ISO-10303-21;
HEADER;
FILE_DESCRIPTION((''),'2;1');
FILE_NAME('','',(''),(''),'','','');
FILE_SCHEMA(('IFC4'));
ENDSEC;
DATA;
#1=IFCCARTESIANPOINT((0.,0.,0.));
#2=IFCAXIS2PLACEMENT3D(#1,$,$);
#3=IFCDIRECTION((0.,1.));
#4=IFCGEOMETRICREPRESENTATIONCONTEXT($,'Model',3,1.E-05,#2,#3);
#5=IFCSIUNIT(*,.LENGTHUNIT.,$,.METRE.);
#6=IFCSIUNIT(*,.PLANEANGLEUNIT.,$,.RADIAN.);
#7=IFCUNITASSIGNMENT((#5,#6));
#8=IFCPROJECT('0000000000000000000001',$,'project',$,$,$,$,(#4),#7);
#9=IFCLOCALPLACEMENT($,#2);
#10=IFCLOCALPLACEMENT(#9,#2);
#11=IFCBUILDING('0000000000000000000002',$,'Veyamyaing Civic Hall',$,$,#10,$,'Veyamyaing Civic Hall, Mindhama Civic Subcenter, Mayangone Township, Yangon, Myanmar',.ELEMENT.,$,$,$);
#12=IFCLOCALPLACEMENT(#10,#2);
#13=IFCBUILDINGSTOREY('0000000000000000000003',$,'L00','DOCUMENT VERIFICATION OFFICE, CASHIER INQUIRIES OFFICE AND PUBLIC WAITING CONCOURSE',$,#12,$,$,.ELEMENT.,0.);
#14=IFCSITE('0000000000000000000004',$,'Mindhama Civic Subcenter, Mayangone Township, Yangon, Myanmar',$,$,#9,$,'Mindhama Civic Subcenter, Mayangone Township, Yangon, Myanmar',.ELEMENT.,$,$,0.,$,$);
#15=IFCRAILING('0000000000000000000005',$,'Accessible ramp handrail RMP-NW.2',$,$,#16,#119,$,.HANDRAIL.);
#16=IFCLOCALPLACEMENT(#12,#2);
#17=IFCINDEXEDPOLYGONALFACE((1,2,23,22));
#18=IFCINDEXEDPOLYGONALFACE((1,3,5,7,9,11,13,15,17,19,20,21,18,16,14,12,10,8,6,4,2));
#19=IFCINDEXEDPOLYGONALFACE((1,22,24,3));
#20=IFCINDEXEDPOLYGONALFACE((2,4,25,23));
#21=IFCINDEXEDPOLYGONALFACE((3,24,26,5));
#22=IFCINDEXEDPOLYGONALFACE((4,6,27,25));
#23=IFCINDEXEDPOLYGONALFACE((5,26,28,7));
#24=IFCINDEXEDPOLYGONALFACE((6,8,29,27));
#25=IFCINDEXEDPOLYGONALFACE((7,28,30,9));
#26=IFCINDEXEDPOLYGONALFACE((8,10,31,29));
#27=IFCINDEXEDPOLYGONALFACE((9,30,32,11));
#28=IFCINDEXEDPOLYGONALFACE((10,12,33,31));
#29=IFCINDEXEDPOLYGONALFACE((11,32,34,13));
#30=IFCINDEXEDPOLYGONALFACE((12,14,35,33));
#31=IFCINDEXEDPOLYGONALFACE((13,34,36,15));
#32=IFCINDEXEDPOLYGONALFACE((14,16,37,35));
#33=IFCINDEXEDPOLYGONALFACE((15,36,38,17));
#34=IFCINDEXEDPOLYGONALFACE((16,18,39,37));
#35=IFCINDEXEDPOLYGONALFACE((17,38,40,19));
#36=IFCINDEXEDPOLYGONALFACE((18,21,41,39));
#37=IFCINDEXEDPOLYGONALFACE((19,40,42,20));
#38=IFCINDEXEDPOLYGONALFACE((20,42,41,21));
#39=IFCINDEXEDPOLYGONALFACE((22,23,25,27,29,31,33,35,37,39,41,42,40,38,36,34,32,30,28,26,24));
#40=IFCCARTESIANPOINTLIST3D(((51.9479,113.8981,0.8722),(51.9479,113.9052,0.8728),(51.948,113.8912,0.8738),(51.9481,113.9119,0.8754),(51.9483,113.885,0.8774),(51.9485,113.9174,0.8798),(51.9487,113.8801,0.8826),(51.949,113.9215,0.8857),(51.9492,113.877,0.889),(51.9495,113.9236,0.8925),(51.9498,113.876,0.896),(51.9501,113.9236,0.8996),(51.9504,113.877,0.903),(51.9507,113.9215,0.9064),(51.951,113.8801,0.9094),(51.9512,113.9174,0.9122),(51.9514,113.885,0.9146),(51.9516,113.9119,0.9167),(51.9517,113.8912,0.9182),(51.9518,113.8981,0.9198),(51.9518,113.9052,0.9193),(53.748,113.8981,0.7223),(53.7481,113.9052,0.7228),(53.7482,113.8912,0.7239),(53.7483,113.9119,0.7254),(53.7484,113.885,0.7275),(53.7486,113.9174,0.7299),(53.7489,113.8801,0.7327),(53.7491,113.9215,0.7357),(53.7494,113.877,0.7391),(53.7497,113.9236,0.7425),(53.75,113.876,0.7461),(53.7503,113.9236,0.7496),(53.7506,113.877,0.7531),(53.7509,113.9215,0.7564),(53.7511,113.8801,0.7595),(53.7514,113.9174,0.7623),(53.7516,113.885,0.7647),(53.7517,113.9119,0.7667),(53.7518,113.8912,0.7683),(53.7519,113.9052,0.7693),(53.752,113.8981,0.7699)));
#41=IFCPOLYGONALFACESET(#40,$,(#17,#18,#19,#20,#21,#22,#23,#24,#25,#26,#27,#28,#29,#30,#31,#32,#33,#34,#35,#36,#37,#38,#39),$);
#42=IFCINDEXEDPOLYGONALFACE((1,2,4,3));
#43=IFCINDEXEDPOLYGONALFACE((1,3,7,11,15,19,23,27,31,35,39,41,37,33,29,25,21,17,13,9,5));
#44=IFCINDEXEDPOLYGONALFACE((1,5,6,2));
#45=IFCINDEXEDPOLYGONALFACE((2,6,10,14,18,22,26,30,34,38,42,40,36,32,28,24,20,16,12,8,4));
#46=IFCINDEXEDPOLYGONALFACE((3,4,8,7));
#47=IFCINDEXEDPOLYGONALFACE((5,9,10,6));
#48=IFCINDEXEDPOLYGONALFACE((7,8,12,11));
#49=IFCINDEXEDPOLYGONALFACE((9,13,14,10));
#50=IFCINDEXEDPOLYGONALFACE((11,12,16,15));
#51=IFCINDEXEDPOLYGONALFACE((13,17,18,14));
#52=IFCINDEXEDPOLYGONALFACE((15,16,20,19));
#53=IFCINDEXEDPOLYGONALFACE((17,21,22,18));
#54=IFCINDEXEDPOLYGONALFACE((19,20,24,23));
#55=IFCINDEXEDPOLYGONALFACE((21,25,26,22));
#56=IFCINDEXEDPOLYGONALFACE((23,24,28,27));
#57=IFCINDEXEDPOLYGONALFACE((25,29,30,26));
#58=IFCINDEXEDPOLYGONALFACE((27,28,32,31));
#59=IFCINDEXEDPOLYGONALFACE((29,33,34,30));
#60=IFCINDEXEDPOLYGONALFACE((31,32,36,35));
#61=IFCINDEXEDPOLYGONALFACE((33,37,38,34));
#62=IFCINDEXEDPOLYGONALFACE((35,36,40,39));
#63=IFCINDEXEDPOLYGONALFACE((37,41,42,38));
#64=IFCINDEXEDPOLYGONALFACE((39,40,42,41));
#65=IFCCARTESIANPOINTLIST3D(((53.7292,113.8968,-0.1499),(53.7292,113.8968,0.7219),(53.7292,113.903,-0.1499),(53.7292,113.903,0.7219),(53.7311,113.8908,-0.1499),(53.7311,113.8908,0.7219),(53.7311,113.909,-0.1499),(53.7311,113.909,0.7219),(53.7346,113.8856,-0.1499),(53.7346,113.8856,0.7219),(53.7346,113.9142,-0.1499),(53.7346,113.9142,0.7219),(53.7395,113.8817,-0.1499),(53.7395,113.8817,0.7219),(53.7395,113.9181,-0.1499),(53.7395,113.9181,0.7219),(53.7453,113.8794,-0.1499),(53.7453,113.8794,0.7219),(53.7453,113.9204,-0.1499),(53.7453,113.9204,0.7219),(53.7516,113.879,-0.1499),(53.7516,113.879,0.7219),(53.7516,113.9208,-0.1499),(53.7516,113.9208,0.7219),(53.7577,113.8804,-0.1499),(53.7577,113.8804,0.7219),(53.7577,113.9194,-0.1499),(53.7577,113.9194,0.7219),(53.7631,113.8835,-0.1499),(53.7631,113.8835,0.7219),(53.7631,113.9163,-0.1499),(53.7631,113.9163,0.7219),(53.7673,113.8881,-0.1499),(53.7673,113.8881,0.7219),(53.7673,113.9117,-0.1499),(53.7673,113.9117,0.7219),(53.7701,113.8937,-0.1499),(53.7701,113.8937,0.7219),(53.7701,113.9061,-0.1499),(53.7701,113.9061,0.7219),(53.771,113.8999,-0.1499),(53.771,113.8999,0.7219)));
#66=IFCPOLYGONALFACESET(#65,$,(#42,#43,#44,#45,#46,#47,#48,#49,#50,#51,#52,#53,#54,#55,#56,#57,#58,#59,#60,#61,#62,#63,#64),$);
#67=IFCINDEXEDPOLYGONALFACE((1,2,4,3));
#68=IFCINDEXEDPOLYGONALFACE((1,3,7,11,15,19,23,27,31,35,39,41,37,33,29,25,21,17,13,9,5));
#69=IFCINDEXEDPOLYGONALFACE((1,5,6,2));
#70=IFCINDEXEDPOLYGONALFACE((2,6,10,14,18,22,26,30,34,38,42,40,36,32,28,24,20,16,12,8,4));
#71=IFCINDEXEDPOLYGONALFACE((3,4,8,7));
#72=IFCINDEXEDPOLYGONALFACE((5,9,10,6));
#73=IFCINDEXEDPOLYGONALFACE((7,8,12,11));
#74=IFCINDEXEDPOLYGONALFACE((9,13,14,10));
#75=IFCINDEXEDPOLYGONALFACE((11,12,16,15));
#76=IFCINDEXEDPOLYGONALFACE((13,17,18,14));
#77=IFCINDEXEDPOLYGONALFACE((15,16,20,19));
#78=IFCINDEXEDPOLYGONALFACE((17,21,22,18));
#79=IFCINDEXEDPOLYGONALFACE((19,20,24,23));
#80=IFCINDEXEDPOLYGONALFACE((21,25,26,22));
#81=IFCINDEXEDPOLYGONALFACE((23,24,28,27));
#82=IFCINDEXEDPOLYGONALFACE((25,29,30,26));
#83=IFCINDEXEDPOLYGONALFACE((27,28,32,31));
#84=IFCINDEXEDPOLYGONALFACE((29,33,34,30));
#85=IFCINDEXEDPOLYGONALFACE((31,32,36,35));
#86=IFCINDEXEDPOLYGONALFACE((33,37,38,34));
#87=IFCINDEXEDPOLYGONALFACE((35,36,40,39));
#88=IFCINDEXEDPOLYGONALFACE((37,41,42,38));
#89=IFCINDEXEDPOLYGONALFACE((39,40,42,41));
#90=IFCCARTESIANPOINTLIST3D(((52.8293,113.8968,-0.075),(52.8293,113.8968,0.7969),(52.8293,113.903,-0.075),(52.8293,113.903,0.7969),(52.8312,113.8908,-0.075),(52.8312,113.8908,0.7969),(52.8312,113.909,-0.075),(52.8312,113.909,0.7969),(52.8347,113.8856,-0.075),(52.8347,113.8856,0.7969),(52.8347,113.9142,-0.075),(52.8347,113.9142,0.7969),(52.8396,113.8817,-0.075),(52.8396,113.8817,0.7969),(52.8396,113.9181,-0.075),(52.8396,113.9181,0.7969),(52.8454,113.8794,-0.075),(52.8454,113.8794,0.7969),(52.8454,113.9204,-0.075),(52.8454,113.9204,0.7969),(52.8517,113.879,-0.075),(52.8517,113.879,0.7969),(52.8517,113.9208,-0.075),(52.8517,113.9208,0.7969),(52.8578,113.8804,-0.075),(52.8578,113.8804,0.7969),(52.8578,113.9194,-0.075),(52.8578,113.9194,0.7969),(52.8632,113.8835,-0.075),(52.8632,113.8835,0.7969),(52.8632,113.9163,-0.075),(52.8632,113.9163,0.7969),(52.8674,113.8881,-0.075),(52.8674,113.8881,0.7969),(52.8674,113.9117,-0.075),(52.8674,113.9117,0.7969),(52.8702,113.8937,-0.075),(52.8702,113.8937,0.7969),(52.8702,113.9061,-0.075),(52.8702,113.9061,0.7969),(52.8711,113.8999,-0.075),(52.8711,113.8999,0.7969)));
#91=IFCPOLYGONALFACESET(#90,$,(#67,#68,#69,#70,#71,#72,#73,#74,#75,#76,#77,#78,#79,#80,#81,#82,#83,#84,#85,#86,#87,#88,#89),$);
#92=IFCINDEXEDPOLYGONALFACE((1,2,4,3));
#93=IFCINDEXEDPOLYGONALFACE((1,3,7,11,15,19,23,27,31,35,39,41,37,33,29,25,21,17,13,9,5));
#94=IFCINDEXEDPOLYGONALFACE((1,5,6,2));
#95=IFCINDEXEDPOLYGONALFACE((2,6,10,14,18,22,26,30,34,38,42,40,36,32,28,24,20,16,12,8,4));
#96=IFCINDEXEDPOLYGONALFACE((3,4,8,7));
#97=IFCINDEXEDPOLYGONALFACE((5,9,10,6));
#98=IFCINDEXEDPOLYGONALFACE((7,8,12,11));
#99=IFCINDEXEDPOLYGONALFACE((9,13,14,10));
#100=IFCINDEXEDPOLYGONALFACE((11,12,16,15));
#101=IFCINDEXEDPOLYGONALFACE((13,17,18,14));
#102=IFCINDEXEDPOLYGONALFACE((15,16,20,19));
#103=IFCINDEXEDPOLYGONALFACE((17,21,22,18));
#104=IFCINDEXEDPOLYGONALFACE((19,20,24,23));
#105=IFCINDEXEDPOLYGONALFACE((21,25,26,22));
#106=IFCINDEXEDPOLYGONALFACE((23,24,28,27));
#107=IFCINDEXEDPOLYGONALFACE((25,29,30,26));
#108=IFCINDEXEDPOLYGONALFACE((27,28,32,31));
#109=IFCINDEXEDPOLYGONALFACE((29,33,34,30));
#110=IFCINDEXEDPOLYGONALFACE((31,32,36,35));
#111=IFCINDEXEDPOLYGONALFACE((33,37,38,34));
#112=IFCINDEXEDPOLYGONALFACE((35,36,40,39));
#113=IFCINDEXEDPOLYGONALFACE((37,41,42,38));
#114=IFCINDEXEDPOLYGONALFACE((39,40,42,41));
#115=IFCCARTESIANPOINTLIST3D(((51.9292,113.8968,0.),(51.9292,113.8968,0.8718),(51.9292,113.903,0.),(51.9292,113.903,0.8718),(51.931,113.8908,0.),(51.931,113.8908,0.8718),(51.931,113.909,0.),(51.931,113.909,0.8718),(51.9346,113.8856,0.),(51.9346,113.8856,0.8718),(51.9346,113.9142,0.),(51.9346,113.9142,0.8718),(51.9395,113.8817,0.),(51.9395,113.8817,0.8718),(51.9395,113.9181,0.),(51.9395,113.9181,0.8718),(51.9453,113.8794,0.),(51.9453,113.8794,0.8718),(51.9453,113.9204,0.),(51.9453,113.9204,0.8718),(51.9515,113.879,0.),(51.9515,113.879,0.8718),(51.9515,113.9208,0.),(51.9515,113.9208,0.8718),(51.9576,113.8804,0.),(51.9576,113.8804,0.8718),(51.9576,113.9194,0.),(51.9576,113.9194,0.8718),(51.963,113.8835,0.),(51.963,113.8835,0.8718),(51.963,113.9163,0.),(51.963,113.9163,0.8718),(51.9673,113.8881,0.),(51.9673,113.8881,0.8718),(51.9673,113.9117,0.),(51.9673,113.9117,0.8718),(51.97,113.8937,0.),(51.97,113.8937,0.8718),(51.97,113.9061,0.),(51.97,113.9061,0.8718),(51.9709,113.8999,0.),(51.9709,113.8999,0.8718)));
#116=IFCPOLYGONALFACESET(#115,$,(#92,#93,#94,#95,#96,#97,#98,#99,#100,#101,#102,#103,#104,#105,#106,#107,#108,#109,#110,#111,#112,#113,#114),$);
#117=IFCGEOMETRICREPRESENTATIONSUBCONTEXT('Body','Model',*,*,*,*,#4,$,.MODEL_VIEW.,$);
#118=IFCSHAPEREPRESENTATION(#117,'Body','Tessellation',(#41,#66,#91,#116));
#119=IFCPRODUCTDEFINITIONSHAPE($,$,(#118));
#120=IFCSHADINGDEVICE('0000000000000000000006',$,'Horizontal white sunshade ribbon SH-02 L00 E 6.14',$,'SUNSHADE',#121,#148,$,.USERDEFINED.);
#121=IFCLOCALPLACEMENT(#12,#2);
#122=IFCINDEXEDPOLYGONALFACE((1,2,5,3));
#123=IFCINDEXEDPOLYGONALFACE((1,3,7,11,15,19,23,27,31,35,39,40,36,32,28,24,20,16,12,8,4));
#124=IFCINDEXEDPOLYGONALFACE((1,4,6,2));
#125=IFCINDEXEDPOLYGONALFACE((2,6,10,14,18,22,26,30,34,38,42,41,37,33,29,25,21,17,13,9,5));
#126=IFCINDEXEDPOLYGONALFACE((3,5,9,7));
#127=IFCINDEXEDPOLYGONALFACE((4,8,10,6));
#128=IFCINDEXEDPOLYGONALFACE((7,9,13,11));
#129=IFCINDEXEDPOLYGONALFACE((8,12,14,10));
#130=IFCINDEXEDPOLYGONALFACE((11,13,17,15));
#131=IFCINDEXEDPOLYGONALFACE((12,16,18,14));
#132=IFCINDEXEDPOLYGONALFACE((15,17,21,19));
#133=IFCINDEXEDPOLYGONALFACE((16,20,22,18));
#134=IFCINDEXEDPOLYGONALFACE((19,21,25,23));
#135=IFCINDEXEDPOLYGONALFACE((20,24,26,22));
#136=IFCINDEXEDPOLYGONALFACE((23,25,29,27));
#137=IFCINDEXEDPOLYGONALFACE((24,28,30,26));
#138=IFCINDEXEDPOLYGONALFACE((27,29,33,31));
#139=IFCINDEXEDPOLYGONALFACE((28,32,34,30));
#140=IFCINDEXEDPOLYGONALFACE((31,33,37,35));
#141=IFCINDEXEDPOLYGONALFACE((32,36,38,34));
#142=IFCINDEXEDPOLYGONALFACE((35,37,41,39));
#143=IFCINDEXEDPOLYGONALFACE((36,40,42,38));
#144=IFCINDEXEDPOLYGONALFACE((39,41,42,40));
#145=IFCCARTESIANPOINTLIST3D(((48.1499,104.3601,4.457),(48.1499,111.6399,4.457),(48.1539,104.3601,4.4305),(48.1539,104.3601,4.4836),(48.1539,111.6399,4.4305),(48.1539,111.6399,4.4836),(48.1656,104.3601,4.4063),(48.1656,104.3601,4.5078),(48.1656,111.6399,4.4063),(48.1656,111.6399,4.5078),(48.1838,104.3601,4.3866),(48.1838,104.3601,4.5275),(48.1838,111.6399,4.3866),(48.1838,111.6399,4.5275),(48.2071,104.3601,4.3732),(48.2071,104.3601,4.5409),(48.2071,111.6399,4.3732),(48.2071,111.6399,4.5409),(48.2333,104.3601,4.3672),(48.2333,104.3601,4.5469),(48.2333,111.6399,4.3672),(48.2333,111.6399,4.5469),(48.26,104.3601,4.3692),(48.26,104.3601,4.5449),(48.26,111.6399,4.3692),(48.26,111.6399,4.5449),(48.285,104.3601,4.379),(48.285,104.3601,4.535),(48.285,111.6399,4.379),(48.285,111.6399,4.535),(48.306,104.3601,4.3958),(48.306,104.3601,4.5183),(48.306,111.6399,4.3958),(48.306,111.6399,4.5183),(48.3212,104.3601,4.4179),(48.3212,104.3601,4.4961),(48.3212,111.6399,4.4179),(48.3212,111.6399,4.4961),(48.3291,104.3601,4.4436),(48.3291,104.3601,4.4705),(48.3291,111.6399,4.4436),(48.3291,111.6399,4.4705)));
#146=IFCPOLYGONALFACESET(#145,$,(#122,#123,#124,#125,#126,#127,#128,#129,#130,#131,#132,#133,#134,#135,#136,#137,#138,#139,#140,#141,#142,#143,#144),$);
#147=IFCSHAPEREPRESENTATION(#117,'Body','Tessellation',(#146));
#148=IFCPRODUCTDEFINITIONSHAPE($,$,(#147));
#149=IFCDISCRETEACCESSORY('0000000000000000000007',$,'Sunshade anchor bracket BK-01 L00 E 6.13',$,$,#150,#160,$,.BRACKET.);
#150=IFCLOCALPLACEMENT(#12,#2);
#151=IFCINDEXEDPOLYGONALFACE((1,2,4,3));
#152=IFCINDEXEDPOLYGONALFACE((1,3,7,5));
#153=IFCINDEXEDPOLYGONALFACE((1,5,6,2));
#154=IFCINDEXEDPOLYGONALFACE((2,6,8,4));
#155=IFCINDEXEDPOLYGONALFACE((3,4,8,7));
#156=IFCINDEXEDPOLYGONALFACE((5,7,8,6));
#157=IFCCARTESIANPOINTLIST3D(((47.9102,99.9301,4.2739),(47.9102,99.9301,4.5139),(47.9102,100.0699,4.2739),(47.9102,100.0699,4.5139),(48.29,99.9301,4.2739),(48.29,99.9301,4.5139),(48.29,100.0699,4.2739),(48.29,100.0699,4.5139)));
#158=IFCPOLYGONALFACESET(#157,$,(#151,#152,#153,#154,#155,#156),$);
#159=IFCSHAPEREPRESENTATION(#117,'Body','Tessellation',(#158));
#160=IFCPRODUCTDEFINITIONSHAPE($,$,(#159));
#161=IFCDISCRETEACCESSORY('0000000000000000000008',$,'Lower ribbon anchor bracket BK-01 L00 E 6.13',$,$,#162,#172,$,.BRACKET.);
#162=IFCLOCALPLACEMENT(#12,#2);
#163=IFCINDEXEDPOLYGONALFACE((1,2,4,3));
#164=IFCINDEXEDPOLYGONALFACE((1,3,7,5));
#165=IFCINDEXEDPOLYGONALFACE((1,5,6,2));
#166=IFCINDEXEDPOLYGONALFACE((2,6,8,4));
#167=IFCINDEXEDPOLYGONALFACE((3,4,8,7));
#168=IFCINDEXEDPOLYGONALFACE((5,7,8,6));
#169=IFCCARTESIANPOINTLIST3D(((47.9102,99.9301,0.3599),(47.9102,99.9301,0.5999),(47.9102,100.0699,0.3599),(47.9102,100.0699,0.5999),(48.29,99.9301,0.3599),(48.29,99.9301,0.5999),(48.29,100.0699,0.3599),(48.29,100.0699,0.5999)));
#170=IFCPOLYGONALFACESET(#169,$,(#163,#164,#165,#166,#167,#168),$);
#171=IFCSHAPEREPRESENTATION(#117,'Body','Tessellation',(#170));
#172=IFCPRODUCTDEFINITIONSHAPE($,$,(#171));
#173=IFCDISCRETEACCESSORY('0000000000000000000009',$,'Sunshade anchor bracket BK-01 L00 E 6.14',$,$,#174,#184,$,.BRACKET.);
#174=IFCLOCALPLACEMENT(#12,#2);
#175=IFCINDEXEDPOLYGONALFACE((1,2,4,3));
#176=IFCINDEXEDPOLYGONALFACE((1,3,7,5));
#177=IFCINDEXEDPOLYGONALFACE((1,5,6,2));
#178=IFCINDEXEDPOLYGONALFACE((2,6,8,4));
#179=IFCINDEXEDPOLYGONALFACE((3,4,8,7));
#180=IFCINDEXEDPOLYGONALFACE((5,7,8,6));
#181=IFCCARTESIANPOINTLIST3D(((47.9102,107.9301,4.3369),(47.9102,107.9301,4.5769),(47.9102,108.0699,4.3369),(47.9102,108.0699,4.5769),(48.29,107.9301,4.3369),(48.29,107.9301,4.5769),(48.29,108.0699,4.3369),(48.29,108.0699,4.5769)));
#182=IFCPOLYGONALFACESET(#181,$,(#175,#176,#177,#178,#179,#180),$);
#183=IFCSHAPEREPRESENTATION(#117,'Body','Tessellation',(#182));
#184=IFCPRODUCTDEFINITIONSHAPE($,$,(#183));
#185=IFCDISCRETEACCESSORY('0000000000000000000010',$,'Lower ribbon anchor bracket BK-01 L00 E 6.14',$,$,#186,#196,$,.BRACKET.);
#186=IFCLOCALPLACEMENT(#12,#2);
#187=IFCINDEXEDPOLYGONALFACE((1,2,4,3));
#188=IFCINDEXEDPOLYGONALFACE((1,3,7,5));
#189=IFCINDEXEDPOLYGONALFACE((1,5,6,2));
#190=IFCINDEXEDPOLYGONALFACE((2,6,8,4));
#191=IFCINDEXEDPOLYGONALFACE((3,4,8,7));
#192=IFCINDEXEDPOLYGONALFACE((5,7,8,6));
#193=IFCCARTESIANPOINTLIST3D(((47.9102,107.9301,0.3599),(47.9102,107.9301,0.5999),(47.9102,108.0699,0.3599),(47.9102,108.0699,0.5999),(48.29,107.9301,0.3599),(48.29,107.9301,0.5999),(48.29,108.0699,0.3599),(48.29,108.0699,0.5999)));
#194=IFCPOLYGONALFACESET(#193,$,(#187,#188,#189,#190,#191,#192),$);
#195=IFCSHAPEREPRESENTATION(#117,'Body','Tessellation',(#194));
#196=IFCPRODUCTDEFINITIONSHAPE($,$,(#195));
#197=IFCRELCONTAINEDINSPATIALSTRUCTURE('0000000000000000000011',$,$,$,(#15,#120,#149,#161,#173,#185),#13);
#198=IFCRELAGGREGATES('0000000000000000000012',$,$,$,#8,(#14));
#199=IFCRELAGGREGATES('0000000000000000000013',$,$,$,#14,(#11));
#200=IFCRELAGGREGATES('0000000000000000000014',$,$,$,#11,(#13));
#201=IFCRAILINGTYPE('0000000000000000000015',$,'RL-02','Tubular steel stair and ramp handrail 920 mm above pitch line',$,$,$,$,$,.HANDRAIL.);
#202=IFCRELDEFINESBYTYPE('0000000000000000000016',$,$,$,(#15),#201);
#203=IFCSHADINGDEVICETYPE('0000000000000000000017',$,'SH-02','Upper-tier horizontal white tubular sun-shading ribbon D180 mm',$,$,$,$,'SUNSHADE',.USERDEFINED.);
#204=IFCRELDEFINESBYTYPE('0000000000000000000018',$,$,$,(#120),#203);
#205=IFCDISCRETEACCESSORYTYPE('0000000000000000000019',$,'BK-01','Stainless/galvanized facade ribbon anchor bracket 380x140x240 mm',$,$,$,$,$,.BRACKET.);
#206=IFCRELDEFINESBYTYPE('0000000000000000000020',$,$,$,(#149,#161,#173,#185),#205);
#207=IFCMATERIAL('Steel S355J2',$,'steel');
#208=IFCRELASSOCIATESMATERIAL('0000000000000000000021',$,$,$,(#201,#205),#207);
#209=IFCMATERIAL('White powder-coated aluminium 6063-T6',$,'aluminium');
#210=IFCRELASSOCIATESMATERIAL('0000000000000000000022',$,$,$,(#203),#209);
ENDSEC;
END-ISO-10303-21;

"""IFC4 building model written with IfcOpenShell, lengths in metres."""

from ifc_helpers import new_model, si_unit, direction, frame, origin, origin_2d, place, context, subcontext, project, spatial, rectangle, circle, extrude, material, material_profile, profile_set, type_object, element, save


model = new_model("IFC4")

# Units and contexts
model_context = context("Model", 3, precision=1e-05, world=origin(), true_north=direction((0.0, 1.0)))
body_context = subcontext(model_context, "Body", "Model", "MODEL_VIEW")
ifc_project = project(units=[si_unit("LENGTHUNIT", "METRE"), si_unit("PLANEANGLEUNIT", "RADIAN")], contexts=[model_context])

# Site, building, storey
site_placement = place(None, origin())
site = spatial("IfcSite", under=ifc_project, at=site_placement, Name="Mindhama Civic Subcenter, Mayangone Township, Yangon, Myanmar", LongName="Mindhama Civic Subcenter, Mayangone Township, Yangon, Myanmar", CompositionType="ELEMENT", RefElevation=0.0)
building_placement = place(site_placement, origin())
building = spatial("IfcBuilding", under=site, at=building_placement, Name="Veyamyaing Civic Hall", LongName="Veyamyaing Civic Hall, Mindhama Civic Subcenter, Mayangone Township, Yangon, Myanmar", CompositionType="ELEMENT")
storey_placement = place(building_placement, origin())
storey = spatial("IfcBuildingStorey", under=building, at=storey_placement, Name="L00", Description="DOCUMENT VERIFICATION OFFICE, CASHIER INQUIRIES OFFICE AND PUBLIC WAITING CONCOURSE", CompositionType="ELEMENT", Elevation=0.0)

# Shared definitions
ifc_material_1 = material(Name="White powder-coated aluminium 6063-T6", Category="aluminium")

# Railing
ifc_material_2 = material(Name="Steel S355J2", Category="steel")
railing_type = type_object("IfcRailingType", Name="RL-02", Description="Tubular steel stair and ramp handrail 920 mm above pitch line", PredefinedType="HANDRAIL", material=ifc_material_2)
for number, where, name in (
    (1, (53.75, 113.8999, -0.1499), "Accessible ramp handrail RMP-NW.2"),
):
    element("IfcRailing", number, at=place(storey_placement, frame(where)), inside=storey, type_object=railing_type, Name=name, PredefinedType="HANDRAIL", context=body_context, shape_type="SweptSolid", body=[
        extrude(circle(Radius=0.0239, at=origin_2d()), frame((0.0, 0.0, 0.896), z_axis=(-0.99655, 0.0, 0.08299), x_axis=(0.0, -1.0, 0.0)), (0.0, 0.0, 1.0), 1.8064),
        extrude(circle(Radius=0.021, at=origin_2d()), origin(), (0.0, 0.0, 1.0), 0.8718),
        extrude(circle(Radius=0.021, at=origin_2d()), frame((-0.8999, 0.0, 0.075)), (0.0, 0.0, 1.0), 0.8718),
        extrude(circle(Radius=0.021, at=origin_2d()), frame((-1.8, 0.0, 0.1499)), (0.0, 0.0, 1.0), 0.8718),
    ])

# Shading device
ifc_material_profile_1 = material_profile(ifc_material_1, circle(Radius=0.0901, at=origin_2d()), Name="SHADE-TUBE-180")
ifc_profile_set_1 = profile_set([ifc_material_profile_1], Name="White powder-coated aluminium 6063-T6")
shading_device_type = type_object("IfcShadingDeviceType", Name="SH-02", Description="Upper-tier horizontal white tubular sun-shading ribbon D180 mm", ElementType="SUNSHADE", PredefinedType="USERDEFINED", material=ifc_profile_set_1)
shading_device_placement = place(storey_placement, frame((48.24, 104.3601, 4.457), z_axis=(0.0, 1.0, 0.0), x_axis=(-1.0, 0.0, 0.0)))
element("IfcShadingDevice", 2, at=shading_device_placement, inside=storey, type_object=shading_device_type, Name="Horizontal white sunshade ribbon SH-02 L00 E 6.14", ObjectType="SUNSHADE", PredefinedType="USERDEFINED", context=body_context, shape_type="SweptSolid", body=[
    extrude(circle(Radius=0.0901, at=origin_2d()), origin(), (0.0, 0.0, 1.0), 7.2798),
])

# Discrete accessories
discrete_accessory_type = type_object("IfcDiscreteAccessoryType", Name="BK-01", Description="Stainless/galvanized facade ribbon anchor bracket 380x140x240 mm", PredefinedType="BRACKET", material=ifc_material_2)
for number, where, z_axis, x_axis, name in (
    (3, (48.1001, 100.0, 4.2739), (0.0, 0.0, 1.0), (1.0, 0.0, 0.0), "Sunshade anchor bracket BK-01 L00 E 6.13"),
    (4, (48.1001, 100.0, 0.3599), (0.0, 0.0, 1.0), (1.0, 0.0, 0.0), "Lower ribbon anchor bracket BK-01 L00 E 6.13"),
    (5, (48.1001, 108.0, 4.3369), (0.0, 0.0, 1.0), (1.0, 0.0, 0.0), "Sunshade anchor bracket BK-01 L00 E 6.14"),
    (6, (48.1001, 108.0, 0.3599), (0.0, 0.0, 1.0), (1.0, 0.0, 0.0), "Lower ribbon anchor bracket BK-01 L00 E 6.14"),
):
    element("IfcDiscreteAccessory", number, at=place(storey_placement, frame(where, z_axis=z_axis, x_axis=x_axis)), inside=storey, type_object=discrete_accessory_type, Name=name, PredefinedType="BRACKET", context=body_context, shape_type="SweptSolid", body=[
        extrude(rectangle(XDim=0.3799, YDim=0.1399, at=origin_2d()), origin(), (0.0, 0.0, 1.0), 0.24),
    ])

save(model, "model.ifc")
